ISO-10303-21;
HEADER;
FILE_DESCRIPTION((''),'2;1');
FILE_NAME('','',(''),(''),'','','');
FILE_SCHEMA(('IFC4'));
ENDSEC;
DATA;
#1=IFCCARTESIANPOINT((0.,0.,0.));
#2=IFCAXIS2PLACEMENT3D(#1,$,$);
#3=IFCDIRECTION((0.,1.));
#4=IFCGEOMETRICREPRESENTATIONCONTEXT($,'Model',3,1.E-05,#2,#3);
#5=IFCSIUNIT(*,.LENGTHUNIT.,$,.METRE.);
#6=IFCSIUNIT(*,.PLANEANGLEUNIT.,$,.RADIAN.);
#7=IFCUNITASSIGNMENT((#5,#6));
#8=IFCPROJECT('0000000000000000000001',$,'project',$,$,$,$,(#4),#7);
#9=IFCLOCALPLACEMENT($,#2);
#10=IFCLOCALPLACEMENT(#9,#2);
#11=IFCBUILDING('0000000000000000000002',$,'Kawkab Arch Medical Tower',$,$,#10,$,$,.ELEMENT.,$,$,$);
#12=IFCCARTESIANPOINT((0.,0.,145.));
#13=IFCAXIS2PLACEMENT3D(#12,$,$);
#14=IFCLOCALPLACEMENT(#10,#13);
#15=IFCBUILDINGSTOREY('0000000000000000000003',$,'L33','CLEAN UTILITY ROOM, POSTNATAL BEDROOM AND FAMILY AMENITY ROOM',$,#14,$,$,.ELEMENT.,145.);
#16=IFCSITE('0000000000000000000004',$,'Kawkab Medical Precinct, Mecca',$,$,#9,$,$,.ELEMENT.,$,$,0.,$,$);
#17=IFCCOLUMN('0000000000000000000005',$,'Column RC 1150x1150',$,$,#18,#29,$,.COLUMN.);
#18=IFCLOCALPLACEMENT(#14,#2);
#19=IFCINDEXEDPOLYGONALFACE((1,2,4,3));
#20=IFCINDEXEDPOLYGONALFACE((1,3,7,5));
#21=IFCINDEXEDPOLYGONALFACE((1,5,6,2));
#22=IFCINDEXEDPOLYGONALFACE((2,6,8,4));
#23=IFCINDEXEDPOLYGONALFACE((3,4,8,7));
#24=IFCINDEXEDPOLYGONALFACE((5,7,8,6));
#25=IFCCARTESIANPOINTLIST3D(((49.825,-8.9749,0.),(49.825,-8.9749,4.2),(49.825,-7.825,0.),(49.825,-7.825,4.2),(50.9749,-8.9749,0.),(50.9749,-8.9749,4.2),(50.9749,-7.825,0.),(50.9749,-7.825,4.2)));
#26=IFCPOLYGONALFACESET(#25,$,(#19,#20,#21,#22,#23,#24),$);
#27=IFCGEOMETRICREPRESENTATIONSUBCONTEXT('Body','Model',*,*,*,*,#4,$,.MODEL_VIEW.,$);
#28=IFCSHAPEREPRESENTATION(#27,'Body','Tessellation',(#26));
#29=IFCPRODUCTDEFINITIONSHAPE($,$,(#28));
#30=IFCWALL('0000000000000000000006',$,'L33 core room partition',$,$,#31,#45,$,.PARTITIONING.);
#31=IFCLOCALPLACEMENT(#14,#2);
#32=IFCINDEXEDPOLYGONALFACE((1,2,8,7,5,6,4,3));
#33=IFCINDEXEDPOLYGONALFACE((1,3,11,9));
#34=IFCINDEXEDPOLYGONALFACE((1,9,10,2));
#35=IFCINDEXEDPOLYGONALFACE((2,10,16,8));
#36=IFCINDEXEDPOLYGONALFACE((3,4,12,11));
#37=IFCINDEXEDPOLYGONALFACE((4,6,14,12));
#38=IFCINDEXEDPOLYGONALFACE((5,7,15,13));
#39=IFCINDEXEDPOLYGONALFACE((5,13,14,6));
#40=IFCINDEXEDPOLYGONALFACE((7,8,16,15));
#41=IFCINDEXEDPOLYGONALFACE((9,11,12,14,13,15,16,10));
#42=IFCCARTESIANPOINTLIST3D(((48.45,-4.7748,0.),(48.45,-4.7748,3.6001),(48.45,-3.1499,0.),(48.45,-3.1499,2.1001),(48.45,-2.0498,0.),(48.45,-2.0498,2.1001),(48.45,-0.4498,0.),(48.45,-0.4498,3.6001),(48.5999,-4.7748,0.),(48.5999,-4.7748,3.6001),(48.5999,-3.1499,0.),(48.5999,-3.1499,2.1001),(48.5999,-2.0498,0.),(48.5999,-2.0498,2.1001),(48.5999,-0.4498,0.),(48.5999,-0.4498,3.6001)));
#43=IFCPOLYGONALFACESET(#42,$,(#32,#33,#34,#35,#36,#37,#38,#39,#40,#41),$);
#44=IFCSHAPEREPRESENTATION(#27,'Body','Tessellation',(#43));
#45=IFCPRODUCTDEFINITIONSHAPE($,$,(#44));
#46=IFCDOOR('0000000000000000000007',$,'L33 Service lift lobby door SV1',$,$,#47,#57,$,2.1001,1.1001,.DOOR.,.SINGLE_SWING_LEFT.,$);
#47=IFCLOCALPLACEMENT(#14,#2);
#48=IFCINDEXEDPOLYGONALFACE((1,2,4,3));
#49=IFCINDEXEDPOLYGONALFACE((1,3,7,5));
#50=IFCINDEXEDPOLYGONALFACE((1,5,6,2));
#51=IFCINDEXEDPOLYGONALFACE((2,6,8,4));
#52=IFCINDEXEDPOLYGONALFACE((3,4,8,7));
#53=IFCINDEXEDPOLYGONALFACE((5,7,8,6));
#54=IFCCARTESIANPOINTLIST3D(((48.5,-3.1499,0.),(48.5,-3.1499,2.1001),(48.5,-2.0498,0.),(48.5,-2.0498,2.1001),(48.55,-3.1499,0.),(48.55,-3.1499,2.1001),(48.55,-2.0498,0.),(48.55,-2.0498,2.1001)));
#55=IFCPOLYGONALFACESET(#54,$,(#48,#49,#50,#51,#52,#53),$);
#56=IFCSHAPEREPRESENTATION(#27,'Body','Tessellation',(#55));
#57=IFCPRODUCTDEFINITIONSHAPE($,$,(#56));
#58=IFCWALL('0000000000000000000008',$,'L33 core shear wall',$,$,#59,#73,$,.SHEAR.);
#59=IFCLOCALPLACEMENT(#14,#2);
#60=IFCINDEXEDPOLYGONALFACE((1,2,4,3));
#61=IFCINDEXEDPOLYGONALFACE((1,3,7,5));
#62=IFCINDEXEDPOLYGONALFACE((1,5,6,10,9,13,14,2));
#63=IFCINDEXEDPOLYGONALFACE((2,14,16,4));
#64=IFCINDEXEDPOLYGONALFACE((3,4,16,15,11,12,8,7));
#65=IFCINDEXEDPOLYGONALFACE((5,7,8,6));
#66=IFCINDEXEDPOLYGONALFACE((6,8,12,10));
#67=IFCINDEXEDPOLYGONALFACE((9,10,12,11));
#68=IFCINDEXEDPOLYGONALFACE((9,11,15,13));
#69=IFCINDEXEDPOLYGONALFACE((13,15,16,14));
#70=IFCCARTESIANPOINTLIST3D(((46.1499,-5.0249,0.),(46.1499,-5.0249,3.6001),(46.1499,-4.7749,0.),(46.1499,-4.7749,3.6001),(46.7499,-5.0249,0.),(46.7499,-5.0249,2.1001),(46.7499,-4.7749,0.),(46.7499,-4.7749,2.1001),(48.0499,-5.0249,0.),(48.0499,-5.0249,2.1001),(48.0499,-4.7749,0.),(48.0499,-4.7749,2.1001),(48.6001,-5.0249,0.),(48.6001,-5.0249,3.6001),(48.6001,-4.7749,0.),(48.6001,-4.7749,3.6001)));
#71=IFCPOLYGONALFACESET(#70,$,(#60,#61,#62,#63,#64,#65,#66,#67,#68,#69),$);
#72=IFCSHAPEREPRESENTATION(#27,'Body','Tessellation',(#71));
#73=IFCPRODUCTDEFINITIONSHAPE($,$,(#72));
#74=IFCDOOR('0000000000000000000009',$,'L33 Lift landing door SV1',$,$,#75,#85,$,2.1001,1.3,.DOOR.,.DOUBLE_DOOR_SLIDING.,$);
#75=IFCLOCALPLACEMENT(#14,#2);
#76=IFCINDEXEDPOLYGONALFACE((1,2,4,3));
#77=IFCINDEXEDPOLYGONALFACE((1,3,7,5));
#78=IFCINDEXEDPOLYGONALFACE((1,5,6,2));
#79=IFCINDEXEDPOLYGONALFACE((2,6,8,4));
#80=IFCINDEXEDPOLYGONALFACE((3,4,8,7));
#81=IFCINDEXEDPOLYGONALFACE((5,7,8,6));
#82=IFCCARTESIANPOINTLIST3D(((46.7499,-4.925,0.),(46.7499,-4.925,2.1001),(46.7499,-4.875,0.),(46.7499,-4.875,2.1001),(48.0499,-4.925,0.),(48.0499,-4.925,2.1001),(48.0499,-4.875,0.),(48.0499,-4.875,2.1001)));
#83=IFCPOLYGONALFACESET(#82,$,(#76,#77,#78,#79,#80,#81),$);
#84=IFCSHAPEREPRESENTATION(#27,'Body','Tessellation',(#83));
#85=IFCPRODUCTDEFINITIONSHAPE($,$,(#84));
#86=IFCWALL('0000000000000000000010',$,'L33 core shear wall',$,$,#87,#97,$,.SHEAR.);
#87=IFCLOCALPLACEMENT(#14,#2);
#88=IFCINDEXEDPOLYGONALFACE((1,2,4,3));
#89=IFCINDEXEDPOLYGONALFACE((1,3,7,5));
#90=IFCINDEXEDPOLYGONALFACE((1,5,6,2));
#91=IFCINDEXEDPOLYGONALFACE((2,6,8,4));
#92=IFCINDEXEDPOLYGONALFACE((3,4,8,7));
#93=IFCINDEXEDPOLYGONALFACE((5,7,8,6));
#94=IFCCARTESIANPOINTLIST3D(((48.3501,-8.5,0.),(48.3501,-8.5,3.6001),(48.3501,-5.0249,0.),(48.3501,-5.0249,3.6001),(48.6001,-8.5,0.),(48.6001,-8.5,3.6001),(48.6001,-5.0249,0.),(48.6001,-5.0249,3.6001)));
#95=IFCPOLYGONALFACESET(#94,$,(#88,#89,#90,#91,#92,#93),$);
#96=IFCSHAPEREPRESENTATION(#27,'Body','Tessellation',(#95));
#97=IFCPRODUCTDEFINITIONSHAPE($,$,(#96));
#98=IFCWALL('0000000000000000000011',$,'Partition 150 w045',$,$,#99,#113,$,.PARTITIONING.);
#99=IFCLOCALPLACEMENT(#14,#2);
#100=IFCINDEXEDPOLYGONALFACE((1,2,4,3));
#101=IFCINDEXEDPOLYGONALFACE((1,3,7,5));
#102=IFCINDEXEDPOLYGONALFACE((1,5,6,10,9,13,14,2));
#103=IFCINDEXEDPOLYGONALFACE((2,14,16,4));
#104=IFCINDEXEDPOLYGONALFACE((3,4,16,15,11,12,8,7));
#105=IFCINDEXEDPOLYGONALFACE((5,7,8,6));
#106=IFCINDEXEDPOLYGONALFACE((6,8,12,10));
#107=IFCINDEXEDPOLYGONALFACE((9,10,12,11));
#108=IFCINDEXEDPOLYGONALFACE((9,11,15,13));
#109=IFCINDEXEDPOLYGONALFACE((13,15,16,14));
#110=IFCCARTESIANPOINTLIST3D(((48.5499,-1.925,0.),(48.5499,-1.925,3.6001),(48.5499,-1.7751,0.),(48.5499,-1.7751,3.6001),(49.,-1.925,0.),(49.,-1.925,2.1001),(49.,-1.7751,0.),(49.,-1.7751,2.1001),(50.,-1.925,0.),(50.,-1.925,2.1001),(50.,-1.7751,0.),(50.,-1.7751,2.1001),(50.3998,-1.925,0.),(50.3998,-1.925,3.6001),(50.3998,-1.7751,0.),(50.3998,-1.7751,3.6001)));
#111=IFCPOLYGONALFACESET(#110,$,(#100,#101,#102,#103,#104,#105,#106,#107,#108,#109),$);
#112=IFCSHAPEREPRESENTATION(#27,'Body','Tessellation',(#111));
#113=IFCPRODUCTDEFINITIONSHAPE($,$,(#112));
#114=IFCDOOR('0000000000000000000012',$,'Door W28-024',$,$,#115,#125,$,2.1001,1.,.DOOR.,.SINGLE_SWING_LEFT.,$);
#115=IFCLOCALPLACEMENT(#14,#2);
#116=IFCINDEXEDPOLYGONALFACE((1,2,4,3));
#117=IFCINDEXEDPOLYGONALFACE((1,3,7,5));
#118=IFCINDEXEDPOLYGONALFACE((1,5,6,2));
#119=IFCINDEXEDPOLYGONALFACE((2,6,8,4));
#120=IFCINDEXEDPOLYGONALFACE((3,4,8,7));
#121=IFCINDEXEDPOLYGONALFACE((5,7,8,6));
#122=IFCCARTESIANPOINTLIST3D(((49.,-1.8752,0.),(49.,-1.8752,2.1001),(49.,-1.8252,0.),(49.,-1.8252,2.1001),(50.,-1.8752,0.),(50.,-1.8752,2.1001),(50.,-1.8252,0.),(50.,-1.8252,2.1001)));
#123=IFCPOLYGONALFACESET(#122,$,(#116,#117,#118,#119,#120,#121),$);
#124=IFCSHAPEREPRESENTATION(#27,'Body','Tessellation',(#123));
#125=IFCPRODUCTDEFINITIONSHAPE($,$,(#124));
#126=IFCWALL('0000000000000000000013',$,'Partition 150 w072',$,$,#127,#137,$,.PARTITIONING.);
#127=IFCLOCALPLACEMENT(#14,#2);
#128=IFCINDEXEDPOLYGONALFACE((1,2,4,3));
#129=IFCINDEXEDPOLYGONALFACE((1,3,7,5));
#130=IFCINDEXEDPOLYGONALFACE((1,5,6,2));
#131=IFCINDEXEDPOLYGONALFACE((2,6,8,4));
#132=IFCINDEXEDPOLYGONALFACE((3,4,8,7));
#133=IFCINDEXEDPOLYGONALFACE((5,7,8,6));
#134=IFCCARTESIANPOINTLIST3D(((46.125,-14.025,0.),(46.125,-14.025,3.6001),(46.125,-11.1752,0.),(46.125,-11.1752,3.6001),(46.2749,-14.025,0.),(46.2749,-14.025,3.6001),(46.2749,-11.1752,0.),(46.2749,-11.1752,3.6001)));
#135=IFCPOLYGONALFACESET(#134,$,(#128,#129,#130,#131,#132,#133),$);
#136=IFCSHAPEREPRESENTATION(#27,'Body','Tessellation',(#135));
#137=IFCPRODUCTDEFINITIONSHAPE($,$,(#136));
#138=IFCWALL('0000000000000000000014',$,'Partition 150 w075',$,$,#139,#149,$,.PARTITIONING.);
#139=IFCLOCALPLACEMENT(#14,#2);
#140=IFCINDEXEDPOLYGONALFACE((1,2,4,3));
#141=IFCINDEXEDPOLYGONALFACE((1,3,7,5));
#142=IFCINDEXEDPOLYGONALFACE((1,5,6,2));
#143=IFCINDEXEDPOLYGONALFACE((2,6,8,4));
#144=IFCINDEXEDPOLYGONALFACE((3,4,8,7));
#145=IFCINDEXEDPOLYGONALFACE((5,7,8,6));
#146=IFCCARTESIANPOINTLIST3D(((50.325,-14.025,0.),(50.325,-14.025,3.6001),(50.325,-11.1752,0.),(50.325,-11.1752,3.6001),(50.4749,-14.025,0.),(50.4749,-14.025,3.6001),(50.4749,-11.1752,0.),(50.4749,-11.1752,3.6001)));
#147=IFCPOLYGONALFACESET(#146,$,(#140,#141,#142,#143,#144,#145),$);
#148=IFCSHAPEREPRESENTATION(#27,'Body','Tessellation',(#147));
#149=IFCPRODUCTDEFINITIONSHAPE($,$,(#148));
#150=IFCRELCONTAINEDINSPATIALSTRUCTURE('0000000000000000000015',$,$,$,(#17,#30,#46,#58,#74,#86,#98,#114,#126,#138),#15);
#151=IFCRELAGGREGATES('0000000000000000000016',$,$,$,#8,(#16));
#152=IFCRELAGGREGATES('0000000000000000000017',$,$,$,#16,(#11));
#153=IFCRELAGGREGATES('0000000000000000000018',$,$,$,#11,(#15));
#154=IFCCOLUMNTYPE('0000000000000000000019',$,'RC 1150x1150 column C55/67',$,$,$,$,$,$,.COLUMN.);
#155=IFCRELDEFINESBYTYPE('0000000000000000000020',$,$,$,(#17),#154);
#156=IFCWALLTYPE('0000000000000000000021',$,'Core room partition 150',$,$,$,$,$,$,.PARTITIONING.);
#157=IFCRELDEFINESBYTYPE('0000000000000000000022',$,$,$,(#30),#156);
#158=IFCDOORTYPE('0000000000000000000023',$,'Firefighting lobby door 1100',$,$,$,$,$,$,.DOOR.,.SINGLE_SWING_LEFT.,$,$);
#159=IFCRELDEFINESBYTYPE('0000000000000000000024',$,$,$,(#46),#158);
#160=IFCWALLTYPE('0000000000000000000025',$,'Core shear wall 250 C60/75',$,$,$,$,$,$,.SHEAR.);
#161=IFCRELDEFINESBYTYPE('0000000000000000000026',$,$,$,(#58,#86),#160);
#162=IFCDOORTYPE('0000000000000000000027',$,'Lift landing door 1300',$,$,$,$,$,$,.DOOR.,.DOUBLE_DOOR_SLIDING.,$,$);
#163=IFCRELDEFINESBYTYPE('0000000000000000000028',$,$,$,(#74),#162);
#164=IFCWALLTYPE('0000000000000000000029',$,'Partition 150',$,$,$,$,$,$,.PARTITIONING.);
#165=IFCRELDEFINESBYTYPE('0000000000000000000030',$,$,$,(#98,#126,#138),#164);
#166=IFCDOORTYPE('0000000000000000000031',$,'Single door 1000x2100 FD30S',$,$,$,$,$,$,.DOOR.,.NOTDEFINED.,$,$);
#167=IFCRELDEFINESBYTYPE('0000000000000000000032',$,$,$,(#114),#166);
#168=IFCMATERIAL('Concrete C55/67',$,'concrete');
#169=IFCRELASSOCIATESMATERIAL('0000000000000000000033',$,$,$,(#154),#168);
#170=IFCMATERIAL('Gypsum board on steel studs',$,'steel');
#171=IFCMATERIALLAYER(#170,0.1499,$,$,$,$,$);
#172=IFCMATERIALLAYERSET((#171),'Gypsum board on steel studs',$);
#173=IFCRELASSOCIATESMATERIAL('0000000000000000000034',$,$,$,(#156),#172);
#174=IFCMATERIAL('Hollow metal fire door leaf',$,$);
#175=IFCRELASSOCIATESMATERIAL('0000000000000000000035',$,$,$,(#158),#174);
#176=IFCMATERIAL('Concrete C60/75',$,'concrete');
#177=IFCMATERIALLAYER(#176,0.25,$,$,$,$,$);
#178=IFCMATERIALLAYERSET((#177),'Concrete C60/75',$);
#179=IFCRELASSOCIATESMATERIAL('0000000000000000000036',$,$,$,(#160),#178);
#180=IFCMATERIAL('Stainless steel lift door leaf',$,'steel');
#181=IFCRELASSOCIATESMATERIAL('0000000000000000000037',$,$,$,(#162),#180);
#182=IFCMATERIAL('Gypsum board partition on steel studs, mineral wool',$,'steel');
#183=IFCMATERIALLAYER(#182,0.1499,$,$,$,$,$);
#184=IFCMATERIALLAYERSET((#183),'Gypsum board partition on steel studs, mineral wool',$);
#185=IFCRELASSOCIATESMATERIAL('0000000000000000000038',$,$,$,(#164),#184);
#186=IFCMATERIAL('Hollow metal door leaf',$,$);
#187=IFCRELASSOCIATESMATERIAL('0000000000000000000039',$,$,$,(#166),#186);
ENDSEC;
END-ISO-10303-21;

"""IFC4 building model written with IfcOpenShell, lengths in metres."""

from ifc_helpers import new_model, si_unit, direction, frame, frame_2d, origin, origin_2d, place, context, subcontext, project, spatial, rectangle, extrude, material, layer, layer_set, material_profile, profile_set, type_object, element, fill, save


model = new_model("IFC4")

# Units and contexts
model_context = context("Model", 3, precision=1e-05, world=origin(), true_north=direction((0.0, 1.0)))
body_context = subcontext(model_context, "Body", "Model", "MODEL_VIEW")
ifc_project = project(units=[si_unit("LENGTHUNIT", "METRE"), si_unit("PLANEANGLEUNIT", "RADIAN")], contexts=[model_context])

# Site, building, storey
site_placement = place(None, origin())
site = spatial("IfcSite", under=ifc_project, at=site_placement, Name="Kawkab Medical Precinct, Mecca", CompositionType="ELEMENT", RefElevation=0.0)
building_placement = place(site_placement, origin())
building = spatial("IfcBuilding", under=site, at=building_placement, Name="Kawkab Arch Medical Tower", CompositionType="ELEMENT")
storey_placement = place(building_placement, frame((0.0, 0.0, 145.0)))
storey = spatial("IfcBuildingStorey", under=building, at=storey_placement, Name="L33", Description="CLEAN UTILITY ROOM, POSTNATAL BEDROOM AND FAMILY AMENITY ROOM", CompositionType="ELEMENT", Elevation=145.0)

# Column
ifc_material_1 = material(Name="Concrete C55/67", Category="concrete")
ifc_material_profile = material_profile(ifc_material_1, rectangle(XDim=1.1499, YDim=1.1499, at=origin_2d()), Name="RC 1150x1150")
ifc_profile_set = profile_set([ifc_material_profile], Name="Concrete C55/67")
column_type = type_object("IfcColumnType", Name="RC 1150x1150 column C55/67", PredefinedType="COLUMN", material=ifc_profile_set)
column_placement = place(storey_placement, frame((50.3999, -8.3999, 0.0), z_axis=(0.0, 0.0, 1.0), x_axis=(1.0, 0.0, 0.0)))
element("IfcColumn", 1, at=column_placement, inside=storey, type_object=column_type, Name="Column RC 1150x1150", PredefinedType="COLUMN", context=body_context, shape_type="SweptSolid", body=[
    extrude(rectangle(XDim=1.1499, YDim=1.1499, at=origin_2d()), origin(), (0.0, 0.0, 1.0), 4.2),
])

# Walls, openings, doors
ifc_material_2 = material(Name="Gypsum board on steel studs", Category="steel")
ifc_layer_1 = layer(ifc_material_2, 0.1499)
ifc_layer_set_1 = layer_set([ifc_layer_1], Name="Gypsum board on steel studs")
wall_type_1 = type_object("IfcWallType", Name="Core room partition 150", PredefinedType="PARTITIONING", material=ifc_layer_set_1)
wall_1_placement = place(storey_placement, frame((48.5249, -4.7749, 0.0), z_axis=(0.0, 0.0, 1.0), x_axis=(0.0, 1.0, 0.0)))
wall_1 = element("IfcWall", 2, at=wall_1_placement, inside=storey, type_object=wall_type_1, Name="L33 core room partition", PredefinedType="PARTITIONING", context=body_context, shape_type="SweptSolid", body=[
    extrude(rectangle(XDim=4.325, YDim=0.1499, at=frame_2d((2.1626, 0.0))), origin(), (0.0, 0.0, 1.0), 3.6001),
])
opening_1_placement = place(wall_1_placement, frame((1.625, 0.0, 0.0)))
opening_1 = element("IfcOpeningElement", 3, at=opening_1_placement, cuts=wall_1, PredefinedType="OPENING", context=body_context, shape_type="SweptSolid", body=[
    extrude(rectangle(XDim=1.1001, YDim=2.1001, at=frame_2d((0.55, 1.05))), frame((0.0, 0.085, 0.0), z_axis=(0.0, -1.0, 0.0), x_axis=(1.0, 0.0, 0.0)), (0.0, 0.0, 1.0), 0.1699),
])
ifc_material_3 = material(Name="Hollow metal fire door leaf")
door_type_1 = type_object("IfcDoorType", Name="Firefighting lobby door 1100", OperationType="SINGLE_SWING_LEFT", PredefinedType="DOOR", material=ifc_material_3)
door_1_placement = place(opening_1_placement, origin())
door_1 = element("IfcDoor", 4, at=door_1_placement, inside=storey, type_object=door_type_1, Name="L33 Service lift lobby door SV1", OperationType="SINGLE_SWING_LEFT", OverallHeight=2.1001, OverallWidth=1.1001, PredefinedType="DOOR", context=body_context, shape_type="SweptSolid", body=[
    extrude(rectangle(XDim=1.1001, YDim=2.1001, at=frame_2d((0.55, 1.05))), frame((0.0, 0.0249, 0.0), z_axis=(0.0, -1.0, 0.0), x_axis=(1.0, 0.0, 0.0)), (0.0, 0.0, 1.0), 0.05),
])
fill(opening_1, door_1)
ifc_material_4 = material(Name="Concrete C60/75", Category="concrete")
ifc_layer_2 = layer(ifc_material_4, 0.25)
ifc_layer_set_2 = layer_set([ifc_layer_2], Name="Concrete C60/75")
wall_type_2 = type_object("IfcWallType", Name="Core shear wall 250 C60/75", PredefinedType="SHEAR", material=ifc_layer_set_2)
wall_2_placement = place(storey_placement, frame((46.1499, -4.8999, 0.0), z_axis=(0.0, 0.0, 1.0), x_axis=(1.0, 0.0, 0.0)))
wall_2 = element("IfcWall", 5, at=wall_2_placement, inside=storey, type_object=wall_type_2, Name="L33 core shear wall", PredefinedType="SHEAR", context=body_context, shape_type="SweptSolid", body=[
    extrude(rectangle(XDim=2.4502, YDim=0.25, at=frame_2d((1.2251, 0.0))), origin(), (0.0, 0.0, 1.0), 3.6001),
])
opening_2_placement = place(wall_2_placement, frame((0.6001, 0.0, 0.0)))
opening_2 = element("IfcOpeningElement", 6, at=opening_2_placement, cuts=wall_2, PredefinedType="OPENING", context=body_context, shape_type="SweptSolid", body=[
    extrude(rectangle(XDim=1.3, YDim=2.1001, at=frame_2d((0.6499, 1.05))), frame((0.0, 0.135, 0.0), z_axis=(0.0, -1.0, 0.0), x_axis=(1.0, 0.0, 0.0)), (0.0, 0.0, 1.0), 0.27),
])
ifc_material_5 = material(Name="Stainless steel lift door leaf", Category="steel")
door_type_2 = type_object("IfcDoorType", Name="Lift landing door 1300", OperationType="DOUBLE_DOOR_SLIDING", PredefinedType="DOOR", material=ifc_material_5)
door_2_placement = place(opening_2_placement, origin())
door_2 = element("IfcDoor", 7, at=door_2_placement, inside=storey, type_object=door_type_2, Name="L33 Lift landing door SV1", OperationType="DOUBLE_DOOR_SLIDING", OverallHeight=2.1001, OverallWidth=1.3, PredefinedType="DOOR", context=body_context, shape_type="SweptSolid", body=[
    extrude(rectangle(XDim=1.3, YDim=2.1001, at=frame_2d((0.6499, 1.05))), frame((0.0, 0.0249, 0.0), z_axis=(0.0, -1.0, 0.0), x_axis=(1.0, 0.0, 0.0)), (0.0, 0.0, 1.0), 0.05),
])
fill(opening_2, door_2)

# Wall
wall_3_placement = place(storey_placement, frame((48.4751, -8.5, 0.0), z_axis=(0.0, 0.0, 1.0), x_axis=(0.0, 1.0, 0.0)))
element("IfcWall", 8, at=wall_3_placement, inside=storey, type_object=wall_type_2, Name="L33 core shear wall", PredefinedType="SHEAR", context=body_context, shape_type="SweptSolid", body=[
    extrude(rectangle(XDim=3.4751, YDim=0.25, at=frame_2d((1.7375, 0.0))), origin(), (0.0, 0.0, 1.0), 3.6001),
])

# Wall, opening, door
ifc_material_6 = material(Name="Gypsum board partition on steel studs, mineral wool", Category="steel")
ifc_layer_3 = layer(ifc_material_6, 0.1499)
ifc_layer_set_3 = layer_set([ifc_layer_3], Name="Gypsum board partition on steel studs, mineral wool")
wall_type_3 = type_object("IfcWallType", Name="Partition 150", PredefinedType="PARTITIONING", material=ifc_layer_set_3)
wall_4_placement = place(storey_placement, frame((48.55, -1.8501, 0.0), z_axis=(0.0, 0.0, 1.0), x_axis=(1.0, 0.0, 0.0)))
wall_4 = element("IfcWall", 9, at=wall_4_placement, inside=storey, type_object=wall_type_3, Name="Partition 150 w045", PredefinedType="PARTITIONING", context=body_context, shape_type="SweptSolid", body=[
    extrude(rectangle(XDim=1.8499, YDim=0.1499, at=frame_2d((0.9248, 0.0))), origin(), (0.0, 0.0, 1.0), 3.6001),
])
opening_3_placement = place(wall_4_placement, frame((0.45, 0.0, 0.0)))
opening_3 = element("IfcOpeningElement", 10, at=opening_3_placement, cuts=wall_4, PredefinedType="OPENING", context=body_context, shape_type="SweptSolid", body=[
    extrude(rectangle(XDim=1.0, YDim=2.1001, at=frame_2d((0.5, 1.05))), frame((0.0, 0.085, 0.0), z_axis=(0.0, -1.0, 0.0), x_axis=(1.0, 0.0, 0.0)), (0.0, 0.0, 1.0), 0.1699),
])
ifc_material_7 = material(Name="Hollow metal door leaf")
door_type_3 = type_object("IfcDoorType", Name="Single door 1000x2100 FD30S", OperationType="NOTDEFINED", PredefinedType="DOOR", material=ifc_material_7)
door_3_placement = place(opening_3_placement, origin())
door_3 = element("IfcDoor", 11, at=door_3_placement, inside=storey, type_object=door_type_3, Name="Door W28-024", OperationType="SINGLE_SWING_LEFT", OverallHeight=2.1001, OverallWidth=1.0, PredefinedType="DOOR", context=body_context, shape_type="SweptSolid", body=[
    extrude(rectangle(XDim=1.0, YDim=2.1001, at=frame_2d((0.5, 1.05))), frame((0.0, 0.0249, 0.0), z_axis=(0.0, -1.0, 0.0), x_axis=(1.0, 0.0, 0.0)), (0.0, 0.0, 1.0), 0.05),
])
fill(opening_3, door_3)

# Walls
for number, where, z_axis, x_axis, name in (
    (12, (46.2, -14.0249, 0.0), (0.0, 0.0, 1.0), (0.0, 1.0, 0.0), "Partition 150 w072"),
    (13, (50.3999, -14.0249, 0.0), (0.0, 0.0, 1.0), (0.0, 1.0, 0.0), "Partition 150 w075"),
):
    element("IfcWall", number, at=place(storey_placement, frame(where, z_axis=z_axis, x_axis=x_axis)), inside=storey, type_object=wall_type_3, Name=name, PredefinedType="PARTITIONING", context=body_context, shape_type="SweptSolid", body=[
        extrude(rectangle(XDim=2.8499, YDim=0.1499, at=frame_2d((1.4248, 0.0))), origin(), (0.0, 0.0, 1.0), 3.6001),
    ])

save(model, "model.ifc")
